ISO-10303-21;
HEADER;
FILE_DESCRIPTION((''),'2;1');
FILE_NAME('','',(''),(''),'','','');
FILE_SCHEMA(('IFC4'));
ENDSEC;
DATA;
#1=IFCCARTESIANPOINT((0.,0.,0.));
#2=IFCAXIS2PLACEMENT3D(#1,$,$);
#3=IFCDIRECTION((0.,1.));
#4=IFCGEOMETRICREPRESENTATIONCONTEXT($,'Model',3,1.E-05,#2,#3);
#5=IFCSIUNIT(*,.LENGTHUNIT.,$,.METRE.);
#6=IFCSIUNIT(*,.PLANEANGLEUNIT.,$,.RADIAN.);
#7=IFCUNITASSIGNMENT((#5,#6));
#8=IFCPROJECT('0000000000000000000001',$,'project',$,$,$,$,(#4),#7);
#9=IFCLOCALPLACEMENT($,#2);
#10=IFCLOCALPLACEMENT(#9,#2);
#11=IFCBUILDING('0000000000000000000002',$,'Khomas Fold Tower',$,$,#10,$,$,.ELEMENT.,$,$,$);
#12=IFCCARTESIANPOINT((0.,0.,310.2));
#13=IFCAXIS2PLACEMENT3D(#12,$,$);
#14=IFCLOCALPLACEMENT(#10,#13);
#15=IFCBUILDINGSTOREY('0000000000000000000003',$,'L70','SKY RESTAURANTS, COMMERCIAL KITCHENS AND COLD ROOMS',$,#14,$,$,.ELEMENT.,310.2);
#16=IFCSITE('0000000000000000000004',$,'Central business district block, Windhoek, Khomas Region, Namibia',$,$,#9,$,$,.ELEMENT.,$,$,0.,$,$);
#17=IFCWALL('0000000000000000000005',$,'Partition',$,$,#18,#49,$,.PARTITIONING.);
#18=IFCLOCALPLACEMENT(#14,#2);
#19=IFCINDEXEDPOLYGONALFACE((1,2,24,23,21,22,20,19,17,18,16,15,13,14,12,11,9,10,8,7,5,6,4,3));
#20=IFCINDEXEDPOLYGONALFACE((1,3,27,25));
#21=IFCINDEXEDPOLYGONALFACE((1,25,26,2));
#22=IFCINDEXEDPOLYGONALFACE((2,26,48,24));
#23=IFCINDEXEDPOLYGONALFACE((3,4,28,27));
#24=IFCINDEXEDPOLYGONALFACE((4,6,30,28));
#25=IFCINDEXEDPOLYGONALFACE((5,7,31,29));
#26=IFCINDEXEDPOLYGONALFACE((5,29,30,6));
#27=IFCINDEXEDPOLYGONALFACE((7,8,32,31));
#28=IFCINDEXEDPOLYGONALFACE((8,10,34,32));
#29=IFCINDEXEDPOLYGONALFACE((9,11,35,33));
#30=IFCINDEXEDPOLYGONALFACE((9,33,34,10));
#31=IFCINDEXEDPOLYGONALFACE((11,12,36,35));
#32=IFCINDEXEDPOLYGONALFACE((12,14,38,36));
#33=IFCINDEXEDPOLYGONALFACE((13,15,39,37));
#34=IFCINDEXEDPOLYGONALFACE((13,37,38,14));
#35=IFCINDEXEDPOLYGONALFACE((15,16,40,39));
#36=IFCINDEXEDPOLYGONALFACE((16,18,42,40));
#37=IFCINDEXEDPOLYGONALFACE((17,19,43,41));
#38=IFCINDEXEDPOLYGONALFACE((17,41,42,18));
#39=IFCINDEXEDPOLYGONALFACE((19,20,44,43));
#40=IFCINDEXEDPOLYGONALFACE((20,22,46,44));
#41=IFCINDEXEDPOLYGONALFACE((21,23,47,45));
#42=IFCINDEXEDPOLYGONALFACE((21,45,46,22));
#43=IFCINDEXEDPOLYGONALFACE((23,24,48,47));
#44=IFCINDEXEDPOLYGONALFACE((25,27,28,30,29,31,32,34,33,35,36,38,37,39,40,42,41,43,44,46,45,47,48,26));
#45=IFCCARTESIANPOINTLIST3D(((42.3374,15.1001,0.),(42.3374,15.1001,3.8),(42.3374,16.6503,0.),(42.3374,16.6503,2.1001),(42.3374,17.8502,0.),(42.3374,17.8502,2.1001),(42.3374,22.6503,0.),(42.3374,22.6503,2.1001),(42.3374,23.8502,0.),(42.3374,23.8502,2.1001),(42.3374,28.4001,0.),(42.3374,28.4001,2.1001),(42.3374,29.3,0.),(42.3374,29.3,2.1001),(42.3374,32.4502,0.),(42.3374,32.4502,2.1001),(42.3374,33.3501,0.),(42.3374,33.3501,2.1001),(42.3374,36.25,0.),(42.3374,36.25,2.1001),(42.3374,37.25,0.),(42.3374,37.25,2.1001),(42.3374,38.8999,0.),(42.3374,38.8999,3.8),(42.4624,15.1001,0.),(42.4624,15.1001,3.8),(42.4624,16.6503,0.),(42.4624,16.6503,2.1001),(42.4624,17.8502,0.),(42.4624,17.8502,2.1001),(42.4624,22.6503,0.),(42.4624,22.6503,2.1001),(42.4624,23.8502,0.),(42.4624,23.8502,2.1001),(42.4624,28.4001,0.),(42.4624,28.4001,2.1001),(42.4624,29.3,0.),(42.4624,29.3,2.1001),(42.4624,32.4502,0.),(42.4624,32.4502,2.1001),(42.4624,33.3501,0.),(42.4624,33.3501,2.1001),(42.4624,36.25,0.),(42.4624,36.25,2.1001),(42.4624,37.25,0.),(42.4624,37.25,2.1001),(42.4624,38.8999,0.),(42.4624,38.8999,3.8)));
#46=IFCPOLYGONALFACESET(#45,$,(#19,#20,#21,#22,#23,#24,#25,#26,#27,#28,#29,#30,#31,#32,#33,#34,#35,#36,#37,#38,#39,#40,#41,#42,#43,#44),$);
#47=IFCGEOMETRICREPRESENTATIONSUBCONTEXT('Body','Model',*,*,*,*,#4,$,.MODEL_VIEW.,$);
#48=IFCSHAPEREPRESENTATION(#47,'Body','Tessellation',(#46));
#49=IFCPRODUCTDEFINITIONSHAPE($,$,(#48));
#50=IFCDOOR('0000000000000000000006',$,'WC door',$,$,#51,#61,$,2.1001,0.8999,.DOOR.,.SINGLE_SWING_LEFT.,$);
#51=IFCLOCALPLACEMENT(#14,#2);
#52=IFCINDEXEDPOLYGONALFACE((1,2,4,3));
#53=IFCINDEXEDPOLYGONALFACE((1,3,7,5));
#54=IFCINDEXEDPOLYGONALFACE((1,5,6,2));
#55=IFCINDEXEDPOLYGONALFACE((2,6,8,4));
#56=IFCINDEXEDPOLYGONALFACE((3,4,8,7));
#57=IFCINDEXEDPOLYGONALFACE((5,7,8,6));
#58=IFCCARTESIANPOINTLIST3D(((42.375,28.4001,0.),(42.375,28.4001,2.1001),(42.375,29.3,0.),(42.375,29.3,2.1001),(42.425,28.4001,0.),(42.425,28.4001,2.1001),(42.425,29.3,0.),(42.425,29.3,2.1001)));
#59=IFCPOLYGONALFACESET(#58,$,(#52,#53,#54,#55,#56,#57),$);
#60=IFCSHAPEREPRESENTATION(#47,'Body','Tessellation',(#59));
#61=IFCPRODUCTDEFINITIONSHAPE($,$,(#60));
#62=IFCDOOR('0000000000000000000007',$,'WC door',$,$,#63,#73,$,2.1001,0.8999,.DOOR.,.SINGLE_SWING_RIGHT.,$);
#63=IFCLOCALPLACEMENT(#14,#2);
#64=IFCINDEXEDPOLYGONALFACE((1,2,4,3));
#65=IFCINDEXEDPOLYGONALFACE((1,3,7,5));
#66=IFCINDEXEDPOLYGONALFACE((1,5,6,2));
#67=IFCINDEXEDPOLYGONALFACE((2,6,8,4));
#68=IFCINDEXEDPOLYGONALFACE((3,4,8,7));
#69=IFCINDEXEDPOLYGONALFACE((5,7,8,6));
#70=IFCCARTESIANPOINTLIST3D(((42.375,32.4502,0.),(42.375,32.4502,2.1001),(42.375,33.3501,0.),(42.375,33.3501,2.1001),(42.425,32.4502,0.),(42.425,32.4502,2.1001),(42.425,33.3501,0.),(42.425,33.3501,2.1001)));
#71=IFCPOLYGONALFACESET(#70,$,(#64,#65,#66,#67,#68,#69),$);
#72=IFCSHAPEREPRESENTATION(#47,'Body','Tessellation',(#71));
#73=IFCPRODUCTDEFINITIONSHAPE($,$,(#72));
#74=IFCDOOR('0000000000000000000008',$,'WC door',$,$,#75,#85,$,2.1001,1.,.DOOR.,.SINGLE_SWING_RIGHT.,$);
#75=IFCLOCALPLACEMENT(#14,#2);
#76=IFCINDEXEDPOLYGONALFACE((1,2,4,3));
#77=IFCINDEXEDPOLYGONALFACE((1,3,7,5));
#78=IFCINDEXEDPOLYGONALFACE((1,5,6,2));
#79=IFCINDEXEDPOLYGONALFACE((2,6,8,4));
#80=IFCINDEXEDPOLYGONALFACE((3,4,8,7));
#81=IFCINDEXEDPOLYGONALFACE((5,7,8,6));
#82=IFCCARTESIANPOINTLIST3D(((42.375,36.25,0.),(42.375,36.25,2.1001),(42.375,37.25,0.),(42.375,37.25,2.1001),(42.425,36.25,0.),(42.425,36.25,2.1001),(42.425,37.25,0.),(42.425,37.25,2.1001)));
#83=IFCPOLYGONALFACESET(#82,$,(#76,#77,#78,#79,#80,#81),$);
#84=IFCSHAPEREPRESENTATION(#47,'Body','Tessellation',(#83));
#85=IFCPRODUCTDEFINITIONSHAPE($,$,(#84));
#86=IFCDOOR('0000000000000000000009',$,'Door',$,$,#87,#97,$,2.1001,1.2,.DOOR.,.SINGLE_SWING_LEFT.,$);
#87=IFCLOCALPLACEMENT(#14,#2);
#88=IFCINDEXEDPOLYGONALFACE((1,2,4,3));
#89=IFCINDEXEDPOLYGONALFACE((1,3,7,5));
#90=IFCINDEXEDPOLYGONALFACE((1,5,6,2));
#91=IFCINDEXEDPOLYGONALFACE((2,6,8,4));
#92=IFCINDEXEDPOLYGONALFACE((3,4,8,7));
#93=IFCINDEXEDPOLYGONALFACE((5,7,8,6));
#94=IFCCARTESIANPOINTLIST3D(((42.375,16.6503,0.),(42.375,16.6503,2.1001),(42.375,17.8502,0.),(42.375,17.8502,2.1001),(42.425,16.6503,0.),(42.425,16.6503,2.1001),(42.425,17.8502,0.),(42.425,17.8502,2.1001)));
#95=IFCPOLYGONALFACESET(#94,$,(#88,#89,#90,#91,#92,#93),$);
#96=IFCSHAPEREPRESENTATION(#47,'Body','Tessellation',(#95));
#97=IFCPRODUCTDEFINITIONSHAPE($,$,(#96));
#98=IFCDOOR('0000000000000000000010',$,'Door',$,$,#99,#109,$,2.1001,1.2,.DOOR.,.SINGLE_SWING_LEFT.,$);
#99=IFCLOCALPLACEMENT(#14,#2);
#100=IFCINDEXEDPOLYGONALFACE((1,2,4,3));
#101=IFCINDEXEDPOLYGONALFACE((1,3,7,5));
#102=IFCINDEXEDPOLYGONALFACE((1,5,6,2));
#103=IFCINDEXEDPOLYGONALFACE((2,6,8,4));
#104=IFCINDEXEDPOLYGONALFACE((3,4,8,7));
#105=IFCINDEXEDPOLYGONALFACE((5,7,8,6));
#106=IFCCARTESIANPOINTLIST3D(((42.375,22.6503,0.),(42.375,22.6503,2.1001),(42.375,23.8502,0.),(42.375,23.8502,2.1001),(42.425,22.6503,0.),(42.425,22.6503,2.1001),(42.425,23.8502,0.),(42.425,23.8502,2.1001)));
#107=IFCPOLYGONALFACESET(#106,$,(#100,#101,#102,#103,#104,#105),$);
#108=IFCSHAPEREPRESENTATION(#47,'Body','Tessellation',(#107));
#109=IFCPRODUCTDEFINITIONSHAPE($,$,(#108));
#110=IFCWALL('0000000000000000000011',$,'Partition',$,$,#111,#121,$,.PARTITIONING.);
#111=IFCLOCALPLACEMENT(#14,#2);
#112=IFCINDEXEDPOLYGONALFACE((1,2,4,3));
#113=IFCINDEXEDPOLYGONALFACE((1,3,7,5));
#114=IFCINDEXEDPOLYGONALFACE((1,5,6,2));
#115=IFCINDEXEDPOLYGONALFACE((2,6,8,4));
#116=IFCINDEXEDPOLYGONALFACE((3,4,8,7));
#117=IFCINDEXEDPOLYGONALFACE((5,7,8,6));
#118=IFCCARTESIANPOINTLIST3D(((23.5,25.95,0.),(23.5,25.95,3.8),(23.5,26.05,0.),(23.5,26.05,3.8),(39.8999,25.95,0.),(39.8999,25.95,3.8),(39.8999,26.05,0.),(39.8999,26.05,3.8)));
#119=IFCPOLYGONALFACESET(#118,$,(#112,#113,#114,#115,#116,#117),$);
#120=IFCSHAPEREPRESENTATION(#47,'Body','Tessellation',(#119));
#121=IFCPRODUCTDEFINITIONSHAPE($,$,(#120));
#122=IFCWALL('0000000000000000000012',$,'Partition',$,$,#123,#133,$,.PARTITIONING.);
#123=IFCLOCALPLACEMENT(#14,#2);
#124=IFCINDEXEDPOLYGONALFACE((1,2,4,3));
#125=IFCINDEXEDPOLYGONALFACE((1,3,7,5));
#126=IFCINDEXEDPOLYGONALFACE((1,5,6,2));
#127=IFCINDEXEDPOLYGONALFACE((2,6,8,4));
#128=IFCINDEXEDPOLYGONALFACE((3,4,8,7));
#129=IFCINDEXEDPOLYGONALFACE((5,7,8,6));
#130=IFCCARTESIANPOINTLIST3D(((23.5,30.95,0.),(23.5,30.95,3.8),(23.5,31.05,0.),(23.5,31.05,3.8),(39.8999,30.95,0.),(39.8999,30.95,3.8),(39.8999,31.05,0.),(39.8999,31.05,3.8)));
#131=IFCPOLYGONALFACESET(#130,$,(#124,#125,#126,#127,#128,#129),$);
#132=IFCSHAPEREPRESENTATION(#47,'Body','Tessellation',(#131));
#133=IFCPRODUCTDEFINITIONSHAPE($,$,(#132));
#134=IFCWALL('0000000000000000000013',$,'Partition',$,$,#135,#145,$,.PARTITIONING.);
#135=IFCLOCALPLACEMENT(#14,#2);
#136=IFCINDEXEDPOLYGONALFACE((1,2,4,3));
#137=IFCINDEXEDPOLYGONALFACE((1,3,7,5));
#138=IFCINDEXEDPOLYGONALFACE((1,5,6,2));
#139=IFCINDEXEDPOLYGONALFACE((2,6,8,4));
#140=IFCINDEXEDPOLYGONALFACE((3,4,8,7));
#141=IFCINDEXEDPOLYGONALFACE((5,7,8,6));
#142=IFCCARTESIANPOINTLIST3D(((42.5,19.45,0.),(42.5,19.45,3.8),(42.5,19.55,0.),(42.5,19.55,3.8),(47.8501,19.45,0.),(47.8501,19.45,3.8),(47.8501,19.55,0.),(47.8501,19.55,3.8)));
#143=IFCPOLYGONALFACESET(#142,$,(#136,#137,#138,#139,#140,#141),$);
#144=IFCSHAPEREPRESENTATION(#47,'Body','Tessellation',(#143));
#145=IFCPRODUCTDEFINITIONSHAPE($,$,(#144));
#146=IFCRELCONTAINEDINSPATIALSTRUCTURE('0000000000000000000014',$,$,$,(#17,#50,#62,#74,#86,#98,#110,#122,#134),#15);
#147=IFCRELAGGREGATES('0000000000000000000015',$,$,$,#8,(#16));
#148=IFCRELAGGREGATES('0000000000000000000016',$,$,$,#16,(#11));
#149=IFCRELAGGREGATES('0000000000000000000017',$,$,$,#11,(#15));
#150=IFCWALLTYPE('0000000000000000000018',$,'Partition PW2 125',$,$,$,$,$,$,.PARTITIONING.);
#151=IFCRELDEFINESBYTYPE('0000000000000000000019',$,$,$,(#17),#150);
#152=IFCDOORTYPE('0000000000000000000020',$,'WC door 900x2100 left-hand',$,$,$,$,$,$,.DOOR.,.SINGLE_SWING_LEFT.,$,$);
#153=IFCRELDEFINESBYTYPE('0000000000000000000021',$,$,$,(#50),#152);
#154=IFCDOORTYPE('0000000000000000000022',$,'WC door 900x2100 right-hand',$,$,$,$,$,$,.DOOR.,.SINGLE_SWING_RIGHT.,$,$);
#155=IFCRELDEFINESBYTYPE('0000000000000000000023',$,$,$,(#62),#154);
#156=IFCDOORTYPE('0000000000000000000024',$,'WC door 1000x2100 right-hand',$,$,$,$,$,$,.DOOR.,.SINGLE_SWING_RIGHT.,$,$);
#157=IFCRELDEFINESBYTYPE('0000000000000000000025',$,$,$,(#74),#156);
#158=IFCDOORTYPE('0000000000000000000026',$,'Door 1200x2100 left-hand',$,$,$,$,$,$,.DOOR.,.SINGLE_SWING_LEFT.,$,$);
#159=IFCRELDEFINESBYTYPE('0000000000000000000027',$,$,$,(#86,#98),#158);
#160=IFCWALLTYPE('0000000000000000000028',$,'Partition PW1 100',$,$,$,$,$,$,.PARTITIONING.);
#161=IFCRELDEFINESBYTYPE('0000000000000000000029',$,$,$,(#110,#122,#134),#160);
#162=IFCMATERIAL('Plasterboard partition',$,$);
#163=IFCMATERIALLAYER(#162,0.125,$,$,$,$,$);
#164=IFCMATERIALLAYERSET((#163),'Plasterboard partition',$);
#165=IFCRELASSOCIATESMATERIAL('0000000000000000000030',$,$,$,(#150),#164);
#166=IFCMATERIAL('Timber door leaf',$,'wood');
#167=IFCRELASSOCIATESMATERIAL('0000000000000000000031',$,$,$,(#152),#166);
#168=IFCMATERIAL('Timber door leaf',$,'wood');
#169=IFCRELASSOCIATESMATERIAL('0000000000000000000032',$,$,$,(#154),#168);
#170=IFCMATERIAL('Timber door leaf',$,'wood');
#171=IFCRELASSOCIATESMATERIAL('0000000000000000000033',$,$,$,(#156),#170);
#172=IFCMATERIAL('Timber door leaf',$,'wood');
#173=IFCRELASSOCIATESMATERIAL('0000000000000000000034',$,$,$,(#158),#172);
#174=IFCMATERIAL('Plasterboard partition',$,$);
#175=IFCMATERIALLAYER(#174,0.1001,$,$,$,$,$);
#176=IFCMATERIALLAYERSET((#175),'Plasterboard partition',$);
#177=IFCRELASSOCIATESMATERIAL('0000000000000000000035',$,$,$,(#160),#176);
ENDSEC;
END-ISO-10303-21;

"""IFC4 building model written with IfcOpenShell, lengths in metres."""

from ifc_helpers import new_model, si_unit, direction, frame, frame_2d, origin, place, context, subcontext, project, spatial, rectangle, extrude, source, transform, mapped, material, layer, layer_set, type_object, element, fill, save


model = new_model("IFC4")

# Units and contexts
model_context = context("Model", 3, precision=1e-05, world=origin(), true_north=direction((0.0, 1.0)))
body_context = subcontext(model_context, "Body", "Model", "MODEL_VIEW")
ifc_project = project(units=[si_unit("LENGTHUNIT", "METRE"), si_unit("PLANEANGLEUNIT", "RADIAN")], contexts=[model_context])

# Site, building, storey
site_placement = place(None, origin())
site = spatial("IfcSite", under=ifc_project, at=site_placement, Name="Central business district block, Windhoek, Khomas Region, Namibia", CompositionType="ELEMENT", RefElevation=0.0)
building_placement = place(site_placement, origin())
building = spatial("IfcBuilding", under=site, at=building_placement, Name="Khomas Fold Tower", CompositionType="ELEMENT")
storey_placement = place(building_placement, frame((0.0, 0.0, 310.2)))
storey = spatial("IfcBuildingStorey", under=building, at=storey_placement, Name="L70", Description="SKY RESTAURANTS, COMMERCIAL KITCHENS AND COLD ROOMS", CompositionType="ELEMENT", Elevation=310.2)

# Shared definitions
ifc_material_1 = material(Name="Plasterboard partition")
ifc_layer_1 = layer(ifc_material_1, 0.125)
ifc_layer_set_1 = layer_set([ifc_layer_1], Name="Plasterboard partition")
wall_type_1 = type_object("IfcWallType", Name="Partition PW2 125", PredefinedType="PARTITIONING", material=ifc_layer_set_1)
shared_shape_1 = source(origin(), body_context, "Body", "SweptSolid", [
    extrude(rectangle(XDim=0.8999, YDim=2.1001, at=frame_2d((0.45, 1.05))), frame((0.0, 0.0725, 0.0), z_axis=(0.0, -1.0, 0.0), x_axis=(1.0, 0.0, 0.0)), (0.0, 0.0, 1.0), 0.145),
])
shared_shape_2 = source(origin(), body_context, "Body", "SweptSolid", [
    extrude(rectangle(XDim=0.8999, YDim=2.1001, at=frame_2d((0.45, 1.05))), frame((0.0, 0.0249, 0.0), z_axis=(0.0, -1.0, 0.0), x_axis=(1.0, 0.0, 0.0)), (0.0, 0.0, 1.0), 0.05),
])

# Wall, openings, doors
shared_shape_3 = source(origin(), body_context, "Body", "SweptSolid", [
    extrude(rectangle(XDim=23.7998, YDim=0.125, at=frame_2d((11.8999, 0.0))), origin(), (0.0, 0.0, 1.0), 3.8),
])
wall_1_placement = place(storey_placement, frame((42.3999, 15.1001, 0.0), z_axis=(0.0, 0.0, 1.0), x_axis=(0.0, 1.0, 0.0)))
wall_1 = element("IfcWall", 1, at=wall_1_placement, inside=storey, type_object=wall_type_1, Name="Partition", PredefinedType="PARTITIONING", context=body_context, shape_type="MappedRepresentation", body=[
    mapped(shared_shape_3, transform((0.0, 0.0, 0.0))),
])
shared_shape_4 = source(origin(), body_context, "Body", "SweptSolid", [
    extrude(rectangle(XDim=1.2, YDim=2.1001, at=frame_2d((0.6001, 1.05))), frame((0.0, 0.0725, 0.0), z_axis=(0.0, -1.0, 0.0), x_axis=(1.0, 0.0, 0.0)), (0.0, 0.0, 1.0), 0.145),
])
opening_1_placement = place(wall_1_placement, frame((1.55, 0.0, 0.0)))
opening_1 = element("IfcOpeningElement", 2, at=opening_1_placement, cuts=wall_1, PredefinedType="OPENING", context=body_context, shape_type="MappedRepresentation", body=[
    mapped(shared_shape_4, transform((0.0, 0.0, 0.0))),
])
opening_2_placement = place(wall_1_placement, frame((7.55, 0.0, 0.0)))
opening_2 = element("IfcOpeningElement", 3, at=opening_2_placement, cuts=wall_1, PredefinedType="OPENING", context=body_context, shape_type="MappedRepresentation", body=[
    mapped(shared_shape_4, transform((0.0, 0.0, 0.0))),
])
opening_3_placement = place(wall_1_placement, frame((13.3, 0.0, 0.0)))
opening_3 = element("IfcOpeningElement", 4, at=opening_3_placement, cuts=wall_1, PredefinedType="OPENING", context=body_context, shape_type="MappedRepresentation", body=[
    mapped(shared_shape_1, transform((0.0, 0.0, 0.0))),
])
opening_4_placement = place(wall_1_placement, frame((17.3501, 0.0, 0.0)))
opening_4 = element("IfcOpeningElement", 5, at=opening_4_placement, cuts=wall_1, PredefinedType="OPENING", context=body_context, shape_type="MappedRepresentation", body=[
    mapped(shared_shape_1, transform((0.0, 0.0, 0.0))),
])
shared_shape_5 = source(origin(), body_context, "Body", "SweptSolid", [
    extrude(rectangle(XDim=1.0, YDim=2.1001, at=frame_2d((0.5, 1.05))), frame((0.0, 0.0725, 0.0), z_axis=(0.0, -1.0, 0.0), x_axis=(1.0, 0.0, 0.0)), (0.0, 0.0, 1.0), 0.145),
])
opening_5_placement = place(wall_1_placement, frame((21.1499, 0.0, 0.0)))
opening_5 = element("IfcOpeningElement", 6, at=opening_5_placement, cuts=wall_1, PredefinedType="OPENING", context=body_context, shape_type="MappedRepresentation", body=[
    mapped(shared_shape_5, transform((0.0, 0.0, 0.0))),
])
ifc_material_2 = material(Name="Timber door leaf", Category="wood")
door_type_1 = type_object("IfcDoorType", Name="WC door 900x2100 left-hand", OperationType="SINGLE_SWING_LEFT", PredefinedType="DOOR", material=ifc_material_2)
door_1_placement = place(opening_3_placement, origin())
door_1 = element("IfcDoor", 7, at=door_1_placement, inside=storey, type_object=door_type_1, Name="WC door", OperationType="SINGLE_SWING_LEFT", OverallHeight=2.1001, OverallWidth=0.8999, PredefinedType="DOOR", context=body_context, shape_type="MappedRepresentation", body=[
    mapped(shared_shape_2, transform((0.0, 0.0, 0.0))),
])
fill(opening_3, door_1)
ifc_material_3 = material(Name="Timber door leaf", Category="wood")
door_type_2 = type_object("IfcDoorType", Name="WC door 900x2100 right-hand", OperationType="SINGLE_SWING_RIGHT", PredefinedType="DOOR", material=ifc_material_3)
door_2_placement = place(opening_4_placement, origin())
door_2 = element("IfcDoor", 8, at=door_2_placement, inside=storey, type_object=door_type_2, Name="WC door", OperationType="SINGLE_SWING_RIGHT", OverallHeight=2.1001, OverallWidth=0.8999, PredefinedType="DOOR", context=body_context, shape_type="MappedRepresentation", body=[
    mapped(shared_shape_2, transform((0.0, 0.0, 0.0))),
])
fill(opening_4, door_2)
ifc_material_4 = material(Name="Timber door leaf", Category="wood")
door_type_3 = type_object("IfcDoorType", Name="WC door 1000x2100 right-hand", OperationType="SINGLE_SWING_RIGHT", PredefinedType="DOOR", material=ifc_material_4)
shared_shape_6 = source(origin(), body_context, "Body", "SweptSolid", [
    extrude(rectangle(XDim=1.0, YDim=2.1001, at=frame_2d((0.5, 1.05))), frame((0.0, 0.0249, 0.0), z_axis=(0.0, -1.0, 0.0), x_axis=(1.0, 0.0, 0.0)), (0.0, 0.0, 1.0), 0.05),
])
door_3_placement = place(opening_5_placement, origin())
door_3 = element("IfcDoor", 9, at=door_3_placement, inside=storey, type_object=door_type_3, Name="WC door", OperationType="SINGLE_SWING_RIGHT", OverallHeight=2.1001, OverallWidth=1.0, PredefinedType="DOOR", context=body_context, shape_type="MappedRepresentation", body=[
    mapped(shared_shape_6, transform((0.0, 0.0, 0.0))),
])
fill(opening_5, door_3)
ifc_material_5 = material(Name="Timber door leaf", Category="wood")
door_type_4 = type_object("IfcDoorType", Name="Door 1200x2100 left-hand", OperationType="SINGLE_SWING_LEFT", PredefinedType="DOOR", material=ifc_material_5)
shared_shape_7 = source(origin(), body_context, "Body", "SweptSolid", [
    extrude(rectangle(XDim=1.2, YDim=2.1001, at=frame_2d((0.6001, 1.05))), frame((0.0, 0.0249, 0.0), z_axis=(0.0, -1.0, 0.0), x_axis=(1.0, 0.0, 0.0)), (0.0, 0.0, 1.0), 0.05),
])
door_4_placement = place(opening_1_placement, origin())
door_4 = element("IfcDoor", 10, at=door_4_placement, inside=storey, type_object=door_type_4, Name="Door", OperationType="SINGLE_SWING_LEFT", OverallHeight=2.1001, OverallWidth=1.2, PredefinedType="DOOR", context=body_context, shape_type="MappedRepresentation", body=[
    mapped(shared_shape_7, transform((0.0, 0.0, 0.0))),
])
fill(opening_1, door_4)
door_5_placement = place(opening_2_placement, origin())
door_5 = element("IfcDoor", 11, at=door_5_placement, inside=storey, type_object=door_type_4, Name="Door", OperationType="SINGLE_SWING_LEFT", OverallHeight=2.1001, OverallWidth=1.2, PredefinedType="DOOR", context=body_context, shape_type="MappedRepresentation", body=[
    mapped(shared_shape_7, transform((0.0, 0.0, 0.0))),
])
fill(opening_2, door_5)

# Walls
ifc_material_6 = material(Name="Plasterboard partition")
ifc_layer_2 = layer(ifc_material_6, 0.1001)
ifc_layer_set_2 = layer_set([ifc_layer_2], Name="Plasterboard partition")
wall_type_2 = type_object("IfcWallType", Name="Partition PW1 100", PredefinedType="PARTITIONING", material=ifc_layer_set_2)
shared_shape_8 = source(origin(), body_context, "Body", "SweptSolid", [
    extrude(rectangle(XDim=16.3999, YDim=0.1001, at=frame_2d((8.2, 0.0))), origin(), (0.0, 0.0, 1.0), 3.8),
])
for number, where, z_axis, x_axis, name in (
    (12, (23.5, 26.0, 0.0), (0.0, 0.0, 1.0), (1.0, 0.0, 0.0), "Partition"),
    (13, (23.5, 31.0, 0.0), (0.0, 0.0, 1.0), (1.0, 0.0, 0.0), "Partition"),
):
    element("IfcWall", number, at=place(storey_placement, frame(where, z_axis=z_axis, x_axis=x_axis)), inside=storey, type_object=wall_type_2, Name=name, PredefinedType="PARTITIONING", context=body_context, shape_type="MappedRepresentation", body=[
        mapped(shared_shape_8, transform((0.0, 0.0, 0.0))),
    ])
shared_shape_9 = source(origin(), body_context, "Body", "SweptSolid", [
    extrude(rectangle(XDim=5.3501, YDim=0.1001, at=frame_2d((2.675, 0.0))), origin(), (0.0, 0.0, 1.0), 3.8),
])
wall_2_placement = place(storey_placement, frame((42.5, 19.5, 0.0), z_axis=(0.0, 0.0, 1.0), x_axis=(1.0, 0.0, 0.0)))
element("IfcWall", 14, at=wall_2_placement, inside=storey, type_object=wall_type_2, Name="Partition", PredefinedType="PARTITIONING", context=body_context, shape_type="MappedRepresentation", body=[
    mapped(shared_shape_9, transform((0.0, 0.0, 0.0))),
])

save(model, "model.ifc")
